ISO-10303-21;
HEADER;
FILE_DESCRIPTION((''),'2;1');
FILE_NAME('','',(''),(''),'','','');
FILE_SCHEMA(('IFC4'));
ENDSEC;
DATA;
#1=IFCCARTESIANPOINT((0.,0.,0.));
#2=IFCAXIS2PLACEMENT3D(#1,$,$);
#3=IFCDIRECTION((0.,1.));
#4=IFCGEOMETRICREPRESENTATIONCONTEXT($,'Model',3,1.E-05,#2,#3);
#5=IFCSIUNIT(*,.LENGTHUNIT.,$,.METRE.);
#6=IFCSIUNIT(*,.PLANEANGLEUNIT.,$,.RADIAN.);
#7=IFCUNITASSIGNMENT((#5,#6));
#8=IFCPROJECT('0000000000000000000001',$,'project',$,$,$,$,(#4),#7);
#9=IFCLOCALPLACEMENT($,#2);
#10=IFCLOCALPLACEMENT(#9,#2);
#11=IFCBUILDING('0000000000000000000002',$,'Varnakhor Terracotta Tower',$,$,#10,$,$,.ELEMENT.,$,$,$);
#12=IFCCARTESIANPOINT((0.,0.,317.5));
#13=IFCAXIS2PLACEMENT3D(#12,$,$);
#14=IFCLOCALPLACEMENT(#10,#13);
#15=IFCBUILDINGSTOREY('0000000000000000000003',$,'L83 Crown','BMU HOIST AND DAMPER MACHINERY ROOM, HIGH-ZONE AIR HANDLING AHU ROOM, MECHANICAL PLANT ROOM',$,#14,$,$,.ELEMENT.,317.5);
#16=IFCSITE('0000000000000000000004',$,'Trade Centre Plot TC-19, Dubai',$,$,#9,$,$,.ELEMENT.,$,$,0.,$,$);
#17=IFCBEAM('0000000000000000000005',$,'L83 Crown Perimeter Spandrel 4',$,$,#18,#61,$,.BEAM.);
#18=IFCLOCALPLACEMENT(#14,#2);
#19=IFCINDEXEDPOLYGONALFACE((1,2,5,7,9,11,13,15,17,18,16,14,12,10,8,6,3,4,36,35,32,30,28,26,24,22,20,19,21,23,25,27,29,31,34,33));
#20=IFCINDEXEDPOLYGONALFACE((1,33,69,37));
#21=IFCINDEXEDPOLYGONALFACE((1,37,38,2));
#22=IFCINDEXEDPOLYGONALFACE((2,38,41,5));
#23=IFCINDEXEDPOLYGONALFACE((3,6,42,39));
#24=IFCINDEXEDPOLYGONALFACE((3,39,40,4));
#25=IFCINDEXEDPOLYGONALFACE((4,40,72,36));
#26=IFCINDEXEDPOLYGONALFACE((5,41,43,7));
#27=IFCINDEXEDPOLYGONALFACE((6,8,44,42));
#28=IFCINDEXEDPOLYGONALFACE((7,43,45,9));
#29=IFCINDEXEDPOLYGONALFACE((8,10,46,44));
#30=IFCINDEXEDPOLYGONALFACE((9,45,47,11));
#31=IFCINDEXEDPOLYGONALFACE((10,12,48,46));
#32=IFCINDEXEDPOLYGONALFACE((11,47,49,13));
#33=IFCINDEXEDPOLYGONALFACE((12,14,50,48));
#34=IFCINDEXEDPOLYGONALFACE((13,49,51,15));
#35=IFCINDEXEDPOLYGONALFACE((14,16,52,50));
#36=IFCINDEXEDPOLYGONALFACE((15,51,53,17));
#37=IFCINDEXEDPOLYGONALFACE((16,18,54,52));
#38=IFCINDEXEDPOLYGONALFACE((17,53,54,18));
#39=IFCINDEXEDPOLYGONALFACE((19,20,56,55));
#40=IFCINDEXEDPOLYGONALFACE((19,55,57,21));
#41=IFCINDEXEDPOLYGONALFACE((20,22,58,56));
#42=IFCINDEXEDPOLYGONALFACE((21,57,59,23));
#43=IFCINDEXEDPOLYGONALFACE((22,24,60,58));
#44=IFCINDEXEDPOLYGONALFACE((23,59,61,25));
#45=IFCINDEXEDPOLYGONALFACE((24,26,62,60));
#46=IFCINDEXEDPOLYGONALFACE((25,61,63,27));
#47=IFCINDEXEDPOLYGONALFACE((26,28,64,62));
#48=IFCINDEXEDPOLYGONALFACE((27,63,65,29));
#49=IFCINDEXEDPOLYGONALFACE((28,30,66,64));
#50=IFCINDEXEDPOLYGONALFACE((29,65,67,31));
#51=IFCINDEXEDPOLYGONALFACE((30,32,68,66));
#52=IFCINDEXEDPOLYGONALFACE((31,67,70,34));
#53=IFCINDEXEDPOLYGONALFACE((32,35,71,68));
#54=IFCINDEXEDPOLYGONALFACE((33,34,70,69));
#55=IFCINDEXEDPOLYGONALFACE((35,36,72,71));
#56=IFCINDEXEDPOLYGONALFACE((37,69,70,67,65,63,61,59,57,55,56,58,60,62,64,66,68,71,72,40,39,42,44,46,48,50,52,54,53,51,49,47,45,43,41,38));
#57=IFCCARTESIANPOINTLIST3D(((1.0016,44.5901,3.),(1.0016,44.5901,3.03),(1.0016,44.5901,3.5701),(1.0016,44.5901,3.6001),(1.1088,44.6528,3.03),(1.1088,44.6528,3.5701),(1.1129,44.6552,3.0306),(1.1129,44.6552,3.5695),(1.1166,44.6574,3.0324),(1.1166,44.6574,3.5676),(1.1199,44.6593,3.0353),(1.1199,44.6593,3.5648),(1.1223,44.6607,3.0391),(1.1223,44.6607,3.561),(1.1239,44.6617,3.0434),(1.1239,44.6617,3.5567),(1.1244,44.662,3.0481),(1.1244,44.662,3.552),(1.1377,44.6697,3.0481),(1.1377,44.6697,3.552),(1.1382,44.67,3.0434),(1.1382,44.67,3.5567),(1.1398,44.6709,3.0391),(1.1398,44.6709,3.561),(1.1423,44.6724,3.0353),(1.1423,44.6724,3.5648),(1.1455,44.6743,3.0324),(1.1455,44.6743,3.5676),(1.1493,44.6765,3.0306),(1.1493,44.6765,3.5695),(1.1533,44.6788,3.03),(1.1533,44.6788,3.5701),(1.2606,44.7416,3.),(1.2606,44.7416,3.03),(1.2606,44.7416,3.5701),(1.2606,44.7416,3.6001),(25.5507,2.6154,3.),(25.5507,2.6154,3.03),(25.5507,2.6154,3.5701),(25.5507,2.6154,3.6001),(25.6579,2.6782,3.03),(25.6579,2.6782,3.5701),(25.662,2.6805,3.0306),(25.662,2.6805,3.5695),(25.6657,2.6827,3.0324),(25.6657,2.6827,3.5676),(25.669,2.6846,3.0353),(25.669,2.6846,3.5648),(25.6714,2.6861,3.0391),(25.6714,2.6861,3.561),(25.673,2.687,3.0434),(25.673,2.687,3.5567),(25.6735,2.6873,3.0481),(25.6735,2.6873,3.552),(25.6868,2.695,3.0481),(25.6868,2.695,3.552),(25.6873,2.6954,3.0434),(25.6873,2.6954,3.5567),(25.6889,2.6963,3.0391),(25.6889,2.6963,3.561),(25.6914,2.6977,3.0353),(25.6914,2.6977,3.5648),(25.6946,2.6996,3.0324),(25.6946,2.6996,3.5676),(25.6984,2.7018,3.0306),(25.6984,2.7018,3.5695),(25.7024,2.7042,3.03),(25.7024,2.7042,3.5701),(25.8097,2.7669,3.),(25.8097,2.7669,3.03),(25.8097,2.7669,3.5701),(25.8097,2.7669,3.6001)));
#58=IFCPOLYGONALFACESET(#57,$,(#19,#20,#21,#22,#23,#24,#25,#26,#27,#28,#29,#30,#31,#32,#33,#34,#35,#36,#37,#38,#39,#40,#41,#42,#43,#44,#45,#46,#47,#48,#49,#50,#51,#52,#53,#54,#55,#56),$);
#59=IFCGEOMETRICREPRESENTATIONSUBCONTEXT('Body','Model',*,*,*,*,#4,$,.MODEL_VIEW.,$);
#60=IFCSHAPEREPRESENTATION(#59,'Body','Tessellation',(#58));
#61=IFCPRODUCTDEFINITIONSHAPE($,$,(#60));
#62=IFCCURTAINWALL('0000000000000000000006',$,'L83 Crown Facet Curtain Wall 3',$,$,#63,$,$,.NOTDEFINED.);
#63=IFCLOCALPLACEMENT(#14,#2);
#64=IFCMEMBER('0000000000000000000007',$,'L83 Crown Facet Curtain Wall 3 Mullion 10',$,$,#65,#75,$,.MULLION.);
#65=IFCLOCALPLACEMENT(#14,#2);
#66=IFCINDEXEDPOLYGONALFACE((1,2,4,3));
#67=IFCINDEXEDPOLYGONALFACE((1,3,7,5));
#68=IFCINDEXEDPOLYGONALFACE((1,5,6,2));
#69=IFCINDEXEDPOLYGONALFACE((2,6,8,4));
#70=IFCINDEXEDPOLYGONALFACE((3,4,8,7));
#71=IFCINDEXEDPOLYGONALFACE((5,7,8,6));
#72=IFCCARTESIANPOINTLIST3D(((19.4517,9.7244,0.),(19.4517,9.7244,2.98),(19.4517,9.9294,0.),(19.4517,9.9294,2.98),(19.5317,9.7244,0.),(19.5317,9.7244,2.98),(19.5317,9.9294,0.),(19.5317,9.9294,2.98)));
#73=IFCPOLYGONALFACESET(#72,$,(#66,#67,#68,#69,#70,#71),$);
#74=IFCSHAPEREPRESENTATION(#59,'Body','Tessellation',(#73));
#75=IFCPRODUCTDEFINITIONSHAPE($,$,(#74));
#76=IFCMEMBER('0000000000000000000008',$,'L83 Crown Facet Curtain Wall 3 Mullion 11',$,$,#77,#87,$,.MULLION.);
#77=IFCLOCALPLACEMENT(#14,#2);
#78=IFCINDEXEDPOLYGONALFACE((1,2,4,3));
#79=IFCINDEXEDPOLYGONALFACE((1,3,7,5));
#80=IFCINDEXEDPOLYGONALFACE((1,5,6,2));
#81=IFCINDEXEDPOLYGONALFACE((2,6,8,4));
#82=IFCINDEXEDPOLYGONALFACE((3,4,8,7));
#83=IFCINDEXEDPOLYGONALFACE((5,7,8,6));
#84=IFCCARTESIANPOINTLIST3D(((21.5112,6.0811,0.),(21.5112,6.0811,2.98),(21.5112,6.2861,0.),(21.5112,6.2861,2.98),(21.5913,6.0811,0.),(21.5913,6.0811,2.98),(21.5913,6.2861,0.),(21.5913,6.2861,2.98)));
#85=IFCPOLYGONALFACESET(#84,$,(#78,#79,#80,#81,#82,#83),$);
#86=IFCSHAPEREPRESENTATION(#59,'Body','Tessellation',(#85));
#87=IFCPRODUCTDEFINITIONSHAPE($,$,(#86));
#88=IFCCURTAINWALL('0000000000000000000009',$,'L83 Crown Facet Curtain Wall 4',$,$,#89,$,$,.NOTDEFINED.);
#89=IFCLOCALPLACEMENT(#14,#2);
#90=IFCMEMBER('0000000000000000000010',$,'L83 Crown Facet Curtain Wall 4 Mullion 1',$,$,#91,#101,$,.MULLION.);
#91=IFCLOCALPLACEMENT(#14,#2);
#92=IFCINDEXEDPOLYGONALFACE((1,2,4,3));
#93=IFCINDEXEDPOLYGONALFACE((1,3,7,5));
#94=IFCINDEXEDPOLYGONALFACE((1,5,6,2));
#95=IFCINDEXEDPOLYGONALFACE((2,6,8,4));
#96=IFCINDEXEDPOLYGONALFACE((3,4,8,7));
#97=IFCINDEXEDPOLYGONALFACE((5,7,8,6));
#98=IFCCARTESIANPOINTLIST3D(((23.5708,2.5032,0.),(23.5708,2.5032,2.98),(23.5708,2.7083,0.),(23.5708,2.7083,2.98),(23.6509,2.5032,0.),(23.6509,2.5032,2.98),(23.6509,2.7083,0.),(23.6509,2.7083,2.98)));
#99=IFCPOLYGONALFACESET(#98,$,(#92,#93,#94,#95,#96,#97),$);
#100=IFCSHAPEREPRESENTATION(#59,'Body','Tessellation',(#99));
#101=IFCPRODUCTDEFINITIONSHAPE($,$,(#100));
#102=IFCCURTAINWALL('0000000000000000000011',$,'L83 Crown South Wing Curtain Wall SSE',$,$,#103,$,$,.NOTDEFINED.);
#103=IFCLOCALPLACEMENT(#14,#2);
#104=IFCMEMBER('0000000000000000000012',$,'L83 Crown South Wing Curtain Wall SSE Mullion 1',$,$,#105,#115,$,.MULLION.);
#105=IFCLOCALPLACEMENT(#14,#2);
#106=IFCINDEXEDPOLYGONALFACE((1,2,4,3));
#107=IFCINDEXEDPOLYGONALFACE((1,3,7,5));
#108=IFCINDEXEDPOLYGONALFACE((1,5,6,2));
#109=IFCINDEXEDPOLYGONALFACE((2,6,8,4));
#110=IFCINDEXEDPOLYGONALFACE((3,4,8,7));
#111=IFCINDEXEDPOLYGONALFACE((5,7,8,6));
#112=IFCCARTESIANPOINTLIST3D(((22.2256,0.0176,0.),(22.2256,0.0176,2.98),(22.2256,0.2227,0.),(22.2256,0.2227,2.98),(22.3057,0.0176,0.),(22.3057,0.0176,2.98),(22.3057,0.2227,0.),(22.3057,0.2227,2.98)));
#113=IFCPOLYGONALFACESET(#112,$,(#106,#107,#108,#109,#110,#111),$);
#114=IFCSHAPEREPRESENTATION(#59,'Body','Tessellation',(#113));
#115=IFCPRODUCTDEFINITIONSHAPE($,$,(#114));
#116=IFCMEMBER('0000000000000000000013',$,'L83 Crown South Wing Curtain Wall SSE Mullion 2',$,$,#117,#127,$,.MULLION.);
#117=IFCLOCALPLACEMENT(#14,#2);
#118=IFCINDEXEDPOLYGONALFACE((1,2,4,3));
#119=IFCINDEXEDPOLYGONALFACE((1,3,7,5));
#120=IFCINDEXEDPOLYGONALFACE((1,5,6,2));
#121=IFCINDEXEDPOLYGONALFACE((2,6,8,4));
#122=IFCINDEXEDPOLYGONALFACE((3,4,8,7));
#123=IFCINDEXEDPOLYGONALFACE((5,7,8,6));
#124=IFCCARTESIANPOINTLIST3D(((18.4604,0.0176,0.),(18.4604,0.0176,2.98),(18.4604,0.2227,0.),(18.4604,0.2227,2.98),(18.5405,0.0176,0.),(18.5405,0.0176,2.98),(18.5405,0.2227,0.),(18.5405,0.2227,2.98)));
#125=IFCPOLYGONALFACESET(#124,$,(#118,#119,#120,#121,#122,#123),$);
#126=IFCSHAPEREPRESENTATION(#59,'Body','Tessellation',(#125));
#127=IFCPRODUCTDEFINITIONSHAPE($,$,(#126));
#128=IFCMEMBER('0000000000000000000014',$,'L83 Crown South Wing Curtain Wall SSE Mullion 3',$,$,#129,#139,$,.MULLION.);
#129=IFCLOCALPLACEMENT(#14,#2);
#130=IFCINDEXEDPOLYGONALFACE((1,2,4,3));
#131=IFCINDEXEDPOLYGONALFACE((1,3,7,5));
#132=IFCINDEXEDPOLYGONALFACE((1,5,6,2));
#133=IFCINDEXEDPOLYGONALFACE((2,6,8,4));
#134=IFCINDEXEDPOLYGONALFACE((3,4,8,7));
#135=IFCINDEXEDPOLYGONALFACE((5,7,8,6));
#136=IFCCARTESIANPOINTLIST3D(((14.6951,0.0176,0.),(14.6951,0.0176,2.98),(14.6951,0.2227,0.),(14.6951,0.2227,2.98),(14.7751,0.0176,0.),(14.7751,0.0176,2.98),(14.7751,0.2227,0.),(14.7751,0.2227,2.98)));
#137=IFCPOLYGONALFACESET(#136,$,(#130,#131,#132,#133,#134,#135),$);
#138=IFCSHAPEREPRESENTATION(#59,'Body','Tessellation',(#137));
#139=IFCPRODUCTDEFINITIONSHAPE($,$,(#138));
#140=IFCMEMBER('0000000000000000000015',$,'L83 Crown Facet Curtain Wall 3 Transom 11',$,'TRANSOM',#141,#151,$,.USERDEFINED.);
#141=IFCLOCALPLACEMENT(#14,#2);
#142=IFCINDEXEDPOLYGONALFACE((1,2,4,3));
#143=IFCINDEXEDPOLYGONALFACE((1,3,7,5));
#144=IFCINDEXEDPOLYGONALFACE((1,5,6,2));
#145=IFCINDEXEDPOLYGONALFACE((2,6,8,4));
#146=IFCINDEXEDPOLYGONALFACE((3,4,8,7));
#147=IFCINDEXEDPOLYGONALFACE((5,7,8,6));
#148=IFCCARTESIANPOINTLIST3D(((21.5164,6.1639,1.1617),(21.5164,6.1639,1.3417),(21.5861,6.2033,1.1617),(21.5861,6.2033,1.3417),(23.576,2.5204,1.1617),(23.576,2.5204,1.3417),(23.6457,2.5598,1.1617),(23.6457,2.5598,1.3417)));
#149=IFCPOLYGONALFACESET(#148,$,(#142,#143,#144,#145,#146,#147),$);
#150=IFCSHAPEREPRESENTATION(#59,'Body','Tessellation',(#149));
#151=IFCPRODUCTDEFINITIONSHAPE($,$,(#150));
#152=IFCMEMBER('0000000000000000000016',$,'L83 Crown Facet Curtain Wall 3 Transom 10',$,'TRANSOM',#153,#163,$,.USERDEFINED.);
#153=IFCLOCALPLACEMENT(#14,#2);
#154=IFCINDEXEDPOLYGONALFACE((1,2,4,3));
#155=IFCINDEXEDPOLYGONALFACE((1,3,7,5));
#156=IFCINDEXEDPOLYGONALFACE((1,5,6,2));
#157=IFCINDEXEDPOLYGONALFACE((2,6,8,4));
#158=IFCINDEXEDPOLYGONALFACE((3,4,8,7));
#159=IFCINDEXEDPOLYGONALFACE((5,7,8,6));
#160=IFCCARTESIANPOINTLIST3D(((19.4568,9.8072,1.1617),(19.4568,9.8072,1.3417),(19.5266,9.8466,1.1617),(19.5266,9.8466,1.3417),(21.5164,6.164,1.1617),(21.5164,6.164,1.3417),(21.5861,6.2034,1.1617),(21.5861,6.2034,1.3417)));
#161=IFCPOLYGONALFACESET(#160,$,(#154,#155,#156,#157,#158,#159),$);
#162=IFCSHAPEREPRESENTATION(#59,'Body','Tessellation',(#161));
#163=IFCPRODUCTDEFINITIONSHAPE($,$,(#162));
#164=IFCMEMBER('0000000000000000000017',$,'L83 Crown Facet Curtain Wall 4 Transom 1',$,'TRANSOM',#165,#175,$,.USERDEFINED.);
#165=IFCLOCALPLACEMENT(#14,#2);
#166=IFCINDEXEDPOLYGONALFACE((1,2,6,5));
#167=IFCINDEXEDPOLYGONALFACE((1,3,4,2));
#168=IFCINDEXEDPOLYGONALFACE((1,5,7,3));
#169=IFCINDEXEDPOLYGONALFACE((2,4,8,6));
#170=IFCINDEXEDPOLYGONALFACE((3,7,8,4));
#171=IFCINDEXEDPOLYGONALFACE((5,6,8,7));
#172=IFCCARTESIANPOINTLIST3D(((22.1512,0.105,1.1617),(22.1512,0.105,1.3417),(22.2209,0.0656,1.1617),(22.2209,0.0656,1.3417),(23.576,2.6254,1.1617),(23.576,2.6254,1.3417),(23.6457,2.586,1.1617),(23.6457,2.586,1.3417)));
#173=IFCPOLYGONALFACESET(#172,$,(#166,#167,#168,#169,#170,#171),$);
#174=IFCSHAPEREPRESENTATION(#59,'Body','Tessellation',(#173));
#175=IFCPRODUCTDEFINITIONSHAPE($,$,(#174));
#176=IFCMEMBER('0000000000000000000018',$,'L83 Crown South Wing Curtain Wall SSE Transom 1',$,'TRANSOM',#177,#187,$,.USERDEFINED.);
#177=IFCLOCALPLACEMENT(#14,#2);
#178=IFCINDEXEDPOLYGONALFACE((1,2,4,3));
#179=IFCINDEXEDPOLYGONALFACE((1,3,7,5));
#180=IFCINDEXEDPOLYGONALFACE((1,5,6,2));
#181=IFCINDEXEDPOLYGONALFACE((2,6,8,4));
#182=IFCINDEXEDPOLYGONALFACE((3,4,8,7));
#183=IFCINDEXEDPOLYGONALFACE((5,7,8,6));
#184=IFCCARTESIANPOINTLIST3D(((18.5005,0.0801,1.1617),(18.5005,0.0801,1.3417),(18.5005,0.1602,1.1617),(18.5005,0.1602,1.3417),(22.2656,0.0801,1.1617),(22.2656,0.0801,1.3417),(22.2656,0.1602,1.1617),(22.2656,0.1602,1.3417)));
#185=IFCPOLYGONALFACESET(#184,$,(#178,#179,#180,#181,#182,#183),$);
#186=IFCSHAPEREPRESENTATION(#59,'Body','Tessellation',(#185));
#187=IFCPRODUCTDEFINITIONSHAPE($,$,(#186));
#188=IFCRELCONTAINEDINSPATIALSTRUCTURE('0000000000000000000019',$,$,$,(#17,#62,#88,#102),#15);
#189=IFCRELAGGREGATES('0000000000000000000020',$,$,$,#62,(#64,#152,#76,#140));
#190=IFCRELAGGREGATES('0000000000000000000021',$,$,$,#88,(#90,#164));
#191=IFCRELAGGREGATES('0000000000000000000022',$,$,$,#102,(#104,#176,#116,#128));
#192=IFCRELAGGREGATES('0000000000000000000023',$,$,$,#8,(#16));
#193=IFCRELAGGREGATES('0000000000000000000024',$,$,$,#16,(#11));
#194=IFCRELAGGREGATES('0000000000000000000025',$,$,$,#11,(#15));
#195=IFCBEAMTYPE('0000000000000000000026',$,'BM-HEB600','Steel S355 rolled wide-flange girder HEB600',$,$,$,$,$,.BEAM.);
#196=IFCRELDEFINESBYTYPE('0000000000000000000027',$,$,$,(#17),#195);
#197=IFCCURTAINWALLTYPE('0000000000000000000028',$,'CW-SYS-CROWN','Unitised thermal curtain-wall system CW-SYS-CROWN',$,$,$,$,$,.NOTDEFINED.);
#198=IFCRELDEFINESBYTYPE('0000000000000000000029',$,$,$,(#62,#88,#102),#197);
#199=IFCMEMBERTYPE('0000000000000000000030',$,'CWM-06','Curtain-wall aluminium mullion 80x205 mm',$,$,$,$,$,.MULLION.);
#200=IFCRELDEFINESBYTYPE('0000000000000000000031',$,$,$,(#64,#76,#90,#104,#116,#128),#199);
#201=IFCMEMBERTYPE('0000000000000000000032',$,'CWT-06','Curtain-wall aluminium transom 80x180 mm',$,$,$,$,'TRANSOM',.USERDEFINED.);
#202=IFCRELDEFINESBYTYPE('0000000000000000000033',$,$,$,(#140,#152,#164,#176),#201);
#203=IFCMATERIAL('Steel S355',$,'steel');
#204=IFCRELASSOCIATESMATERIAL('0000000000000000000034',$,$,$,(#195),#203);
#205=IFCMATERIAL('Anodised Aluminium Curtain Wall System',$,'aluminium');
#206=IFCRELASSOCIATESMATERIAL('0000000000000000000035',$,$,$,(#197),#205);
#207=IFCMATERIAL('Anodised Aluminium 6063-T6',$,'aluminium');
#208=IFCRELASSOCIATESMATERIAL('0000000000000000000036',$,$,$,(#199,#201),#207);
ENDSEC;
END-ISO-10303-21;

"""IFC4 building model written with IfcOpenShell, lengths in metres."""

from ifc_helpers import new_model, si_unit, direction, frame, origin, origin_2d, place, context, subcontext, project, spatial, rectangle, i_section, extrude, source, transform, mapped, material, material_profile, profile_set, type_object, type_shapes, element, aggregate, save


model = new_model("IFC4")

# Units and contexts
model_context = context("Model", 3, precision=1e-05, world=origin(), true_north=direction((0.0, 1.0)))
body_context = subcontext(model_context, "Body", "Model", "MODEL_VIEW")
ifc_project = project(units=[si_unit("LENGTHUNIT", "METRE"), si_unit("PLANEANGLEUNIT", "RADIAN")], contexts=[model_context])

# Site, building, storey
site_placement = place(None, origin())
site = spatial("IfcSite", under=ifc_project, at=site_placement, Name="Trade Centre Plot TC-19, Dubai", CompositionType="ELEMENT", RefElevation=0.0)
building_placement = place(site_placement, origin())
building = spatial("IfcBuilding", under=site, at=building_placement, Name="Varnakhor Terracotta Tower", CompositionType="ELEMENT")
storey_placement = place(building_placement, frame((0.0, 0.0, 317.5)))
storey = spatial("IfcBuildingStorey", under=building, at=storey_placement, Name="L83 Crown", Description="BMU HOIST AND DAMPER MACHINERY ROOM, HIGH-ZONE AIR HANDLING AHU ROOM, MECHANICAL PLANT ROOM", CompositionType="ELEMENT", Elevation=317.5)

# Shared definitions
ifc_material_1 = material(Name="Steel S355", Category="steel")

# Beam
ifc_material_profile_1 = material_profile(ifc_material_1, i_section(OverallWidth=0.3, OverallDepth=0.6001, WebThickness=0.0154, FlangeThickness=0.03, FilletRadius=0.0181, at=origin_2d()), Name="HEB600")
ifc_profile_set_1 = profile_set([ifc_material_profile_1], Name="Steel S355")
beam_type = type_object("IfcBeamType", Name="BM-HEB600", Description="Steel S355 rolled wide-flange girder HEB600", PredefinedType="BEAM", material=ifc_profile_set_1)
shared_shape_1 = source(origin(), body_context, "Body", "SweptSolid", [
    extrude(i_section(OverallWidth=0.3, OverallDepth=0.6001, WebThickness=0.0154, FlangeThickness=0.03, FilletRadius=0.0181, at=origin_2d()), origin(), (0.0, 0.0, 1.0), 48.6265),
])
beam_placement = place(storey_placement, frame((25.6802, 2.6912, 3.3), z_axis=(-0.504851, 0.863207, 0.0), x_axis=(-0.863207, -0.504851, 0.0)))
element("IfcBeam", 1, at=beam_placement, inside=storey, type_object=beam_type, Name="L83 Crown Perimeter Spandrel 4", PredefinedType="BEAM", context=body_context, shape_type="MappedRepresentation", body=[
    mapped(shared_shape_1, transform((0.0, 0.0, 0.0), scale=1.0)),
])

# Curtain wall, members
ifc_material_2 = material(Name="Anodised Aluminium Curtain Wall System", Category="aluminium")
curtain_wall_type = type_object("IfcCurtainWallType", Name="CW-SYS-CROWN", Description="Unitised thermal curtain-wall system CW-SYS-CROWN", PredefinedType="NOTDEFINED", material=ifc_material_2)
curtain_wall_1_placement = place(storey_placement, origin())
curtain_wall_1 = element("IfcCurtainWall", 2, at=curtain_wall_1_placement, inside=storey, type_object=curtain_wall_type, Name="L83 Crown Facet Curtain Wall 3", PredefinedType="NOTDEFINED")
ifc_material_3 = material(Name="Anodised Aluminium 6063-T6", Category="aluminium")
ifc_material_profile_2 = material_profile(ifc_material_3, rectangle(XDim=0.0801, YDim=0.2051, at=origin_2d()), Name="ALU MULLION 80x205")
ifc_profile_set_2 = profile_set([ifc_material_profile_2], Name="Anodised Aluminium 6063-T6")
member_type_1 = type_object("IfcMemberType", Name="CWM-06", Description="Curtain-wall aluminium mullion 80x205 mm", PredefinedType="MULLION", material=ifc_profile_set_2)
shared_shape_2 = source(origin(), body_context, "Body", "SweptSolid", [
    extrude(rectangle(XDim=0.0801, YDim=0.2051, at=origin_2d()), origin(), (0.0, 0.0, 1.0), 2.98),
])
type_shapes(member_type_1, [shared_shape_2])
member_1_placement = place(storey_placement, frame((19.4917, 9.8269, 0.0), z_axis=(0.0, 0.0, 1.0), x_axis=(1.0, 0.0, 0.0)))
member_1 = element("IfcMember", 3, at=member_1_placement, type_object=member_type_1, Name="L83 Crown Facet Curtain Wall 3 Mullion 10", PredefinedType="MULLION", context=body_context, shape_type="MappedRepresentation", body=[
    mapped(shared_shape_2, transform((0.0, 0.0, 0.0), scale=1.0)),
])
member_2_placement = place(storey_placement, frame((21.5513, 6.1836, 0.0), z_axis=(0.0, 0.0, 1.0), x_axis=(1.0, 0.0, 0.0)))
member_2 = element("IfcMember", 4, at=member_2_placement, type_object=member_type_1, Name="L83 Crown Facet Curtain Wall 3 Mullion 11", PredefinedType="MULLION", context=body_context, shape_type="MappedRepresentation", body=[
    mapped(shared_shape_2, transform((0.0, 0.0, 0.0), scale=1.0)),
])

# Curtain wall, member
curtain_wall_2_placement = place(storey_placement, origin())
curtain_wall_2 = element("IfcCurtainWall", 5, at=curtain_wall_2_placement, inside=storey, type_object=curtain_wall_type, Name="L83 Crown Facet Curtain Wall 4", PredefinedType="NOTDEFINED")
member_3_placement = place(storey_placement, frame((23.6108, 2.6057, 0.0), z_axis=(0.0, 0.0, 1.0), x_axis=(1.0, 0.0, 0.0)))
member_3 = element("IfcMember", 6, at=member_3_placement, type_object=member_type_1, Name="L83 Crown Facet Curtain Wall 4 Mullion 1", PredefinedType="MULLION", context=body_context, shape_type="MappedRepresentation", body=[
    mapped(shared_shape_2, transform((0.0, 0.0, 0.0), scale=1.0)),
])

# Curtain wall, members
curtain_wall_3_placement = place(storey_placement, origin())
curtain_wall_3 = element("IfcCurtainWall", 7, at=curtain_wall_3_placement, inside=storey, type_object=curtain_wall_type, Name="L83 Crown South Wing Curtain Wall SSE", PredefinedType="NOTDEFINED")
member_4_placement = place(storey_placement, frame((22.2656, 0.1201, 0.0), z_axis=(0.0, 0.0, 1.0), x_axis=(1.0, 0.0, 0.0)))
member_4 = element("IfcMember", 8, at=member_4_placement, type_object=member_type_1, Name="L83 Crown South Wing Curtain Wall SSE Mullion 1", PredefinedType="MULLION", context=body_context, shape_type="MappedRepresentation", body=[
    mapped(shared_shape_2, transform((0.0, 0.0, 0.0), scale=1.0)),
])
member_5_placement = place(storey_placement, frame((18.5005, 0.1201, 0.0), z_axis=(0.0, 0.0, 1.0), x_axis=(1.0, 0.0, 0.0)))
member_5 = element("IfcMember", 9, at=member_5_placement, type_object=member_type_1, Name="L83 Crown South Wing Curtain Wall SSE Mullion 2", PredefinedType="MULLION", context=body_context, shape_type="MappedRepresentation", body=[
    mapped(shared_shape_2, transform((0.0, 0.0, 0.0), scale=1.0)),
])
member_6_placement = place(storey_placement, frame((14.7351, 0.1201, 0.0), z_axis=(0.0, 0.0, 1.0), x_axis=(1.0, 0.0, 0.0)))
member_6 = element("IfcMember", 10, at=member_6_placement, type_object=member_type_1, Name="L83 Crown South Wing Curtain Wall SSE Mullion 3", PredefinedType="MULLION", context=body_context, shape_type="MappedRepresentation", body=[
    mapped(shared_shape_2, transform((0.0, 0.0, 0.0), scale=1.0)),
])

# Members
ifc_material_profile_3 = material_profile(ifc_material_3, rectangle(XDim=0.0801, YDim=0.1799, at=origin_2d()), Name="ALU TRANSOM 80x180")
ifc_profile_set_3 = profile_set([ifc_material_profile_3], Name="Anodised Aluminium 6063-T6")
member_type_2 = type_object("IfcMemberType", Name="CWT-06", Description="Curtain-wall aluminium transom 80x180 mm", ElementType="TRANSOM", PredefinedType="USERDEFINED", material=ifc_profile_set_3)
shared_shape_3 = source(origin(), body_context, "Body", "SweptSolid", [
    extrude(rectangle(XDim=0.0801, YDim=0.1799, at=origin_2d()), origin(), (0.0, 0.0, 1.0), 4.1853),
])
member_7_placement = place(storey_placement, frame((21.5513, 6.1836, 1.2517), z_axis=(0.492088, -0.870545, 0.0), x_axis=(0.870545, 0.492088, 0.0)))
member_7 = element("IfcMember", 11, at=member_7_placement, type_object=member_type_2, Name="L83 Crown Facet Curtain Wall 3 Transom 11", ObjectType="TRANSOM", PredefinedType="USERDEFINED", context=body_context, shape_type="MappedRepresentation", body=[
    mapped(shared_shape_3, transform((0.0, 0.0, 0.0), scale=1.0)),
])
shared_shape_4 = source(origin(), body_context, "Body", "SweptSolid", [
    extrude(rectangle(XDim=0.0801, YDim=0.1799, at=origin_2d()), origin(), (0.0, 0.0, 1.0), 4.1851),
])
member_8_placement = place(storey_placement, frame((19.4917, 9.8269, 1.2517), z_axis=(0.492113, -0.870531, 0.0), x_axis=(0.870531, 0.492113, 0.0)))
member_8 = element("IfcMember", 12, at=member_8_placement, type_object=member_type_2, Name="L83 Crown Facet Curtain Wall 3 Transom 10", ObjectType="TRANSOM", PredefinedType="USERDEFINED", context=body_context, shape_type="MappedRepresentation", body=[
    mapped(shared_shape_4, transform((0.0, 0.0, 0.0), scale=1.0)),
])
shared_shape_5 = source(origin(), body_context, "Body", "SweptSolid", [
    extrude(rectangle(XDim=0.0801, YDim=0.1799, at=origin_2d()), origin(), (0.0, 0.0, 1.0), 2.8953),
])
member_9_placement = place(storey_placement, frame((23.6108, 2.6057, 1.2517), z_axis=(-0.492102, -0.870538, 0.0), x_axis=(0.870538, -0.492102, 0.0)))
member_9 = element("IfcMember", 13, at=member_9_placement, type_object=member_type_2, Name="L83 Crown Facet Curtain Wall 4 Transom 1", ObjectType="TRANSOM", PredefinedType="USERDEFINED", context=body_context, shape_type="MappedRepresentation", body=[
    mapped(shared_shape_5, transform((0.0, 0.0, 0.0), scale=1.0)),
])
shared_shape_6 = source(origin(), body_context, "Body", "SweptSolid", [
    extrude(rectangle(XDim=0.0801, YDim=0.1799, at=origin_2d()), origin(), (0.0, 0.0, 1.0), 3.7651),
])
member_10_placement = place(storey_placement, frame((22.2656, 0.1201, 1.2517), z_axis=(-1.0, 0.0, 0.0), x_axis=(0.0, -1.0, 0.0)))
member_10 = element("IfcMember", 14, at=member_10_placement, type_object=member_type_2, Name="L83 Crown South Wing Curtain Wall SSE Transom 1", ObjectType="TRANSOM", PredefinedType="USERDEFINED", context=body_context, shape_type="MappedRepresentation", body=[
    mapped(shared_shape_6, transform((0.0, 0.0, 0.0), scale=1.0)),
])

aggregate(curtain_wall_1, [member_1, member_8, member_2, member_7])
aggregate(curtain_wall_2, [member_3, member_9])
aggregate(curtain_wall_3, [member_4, member_10, member_5, member_6])

save(model, "model.ifc")
